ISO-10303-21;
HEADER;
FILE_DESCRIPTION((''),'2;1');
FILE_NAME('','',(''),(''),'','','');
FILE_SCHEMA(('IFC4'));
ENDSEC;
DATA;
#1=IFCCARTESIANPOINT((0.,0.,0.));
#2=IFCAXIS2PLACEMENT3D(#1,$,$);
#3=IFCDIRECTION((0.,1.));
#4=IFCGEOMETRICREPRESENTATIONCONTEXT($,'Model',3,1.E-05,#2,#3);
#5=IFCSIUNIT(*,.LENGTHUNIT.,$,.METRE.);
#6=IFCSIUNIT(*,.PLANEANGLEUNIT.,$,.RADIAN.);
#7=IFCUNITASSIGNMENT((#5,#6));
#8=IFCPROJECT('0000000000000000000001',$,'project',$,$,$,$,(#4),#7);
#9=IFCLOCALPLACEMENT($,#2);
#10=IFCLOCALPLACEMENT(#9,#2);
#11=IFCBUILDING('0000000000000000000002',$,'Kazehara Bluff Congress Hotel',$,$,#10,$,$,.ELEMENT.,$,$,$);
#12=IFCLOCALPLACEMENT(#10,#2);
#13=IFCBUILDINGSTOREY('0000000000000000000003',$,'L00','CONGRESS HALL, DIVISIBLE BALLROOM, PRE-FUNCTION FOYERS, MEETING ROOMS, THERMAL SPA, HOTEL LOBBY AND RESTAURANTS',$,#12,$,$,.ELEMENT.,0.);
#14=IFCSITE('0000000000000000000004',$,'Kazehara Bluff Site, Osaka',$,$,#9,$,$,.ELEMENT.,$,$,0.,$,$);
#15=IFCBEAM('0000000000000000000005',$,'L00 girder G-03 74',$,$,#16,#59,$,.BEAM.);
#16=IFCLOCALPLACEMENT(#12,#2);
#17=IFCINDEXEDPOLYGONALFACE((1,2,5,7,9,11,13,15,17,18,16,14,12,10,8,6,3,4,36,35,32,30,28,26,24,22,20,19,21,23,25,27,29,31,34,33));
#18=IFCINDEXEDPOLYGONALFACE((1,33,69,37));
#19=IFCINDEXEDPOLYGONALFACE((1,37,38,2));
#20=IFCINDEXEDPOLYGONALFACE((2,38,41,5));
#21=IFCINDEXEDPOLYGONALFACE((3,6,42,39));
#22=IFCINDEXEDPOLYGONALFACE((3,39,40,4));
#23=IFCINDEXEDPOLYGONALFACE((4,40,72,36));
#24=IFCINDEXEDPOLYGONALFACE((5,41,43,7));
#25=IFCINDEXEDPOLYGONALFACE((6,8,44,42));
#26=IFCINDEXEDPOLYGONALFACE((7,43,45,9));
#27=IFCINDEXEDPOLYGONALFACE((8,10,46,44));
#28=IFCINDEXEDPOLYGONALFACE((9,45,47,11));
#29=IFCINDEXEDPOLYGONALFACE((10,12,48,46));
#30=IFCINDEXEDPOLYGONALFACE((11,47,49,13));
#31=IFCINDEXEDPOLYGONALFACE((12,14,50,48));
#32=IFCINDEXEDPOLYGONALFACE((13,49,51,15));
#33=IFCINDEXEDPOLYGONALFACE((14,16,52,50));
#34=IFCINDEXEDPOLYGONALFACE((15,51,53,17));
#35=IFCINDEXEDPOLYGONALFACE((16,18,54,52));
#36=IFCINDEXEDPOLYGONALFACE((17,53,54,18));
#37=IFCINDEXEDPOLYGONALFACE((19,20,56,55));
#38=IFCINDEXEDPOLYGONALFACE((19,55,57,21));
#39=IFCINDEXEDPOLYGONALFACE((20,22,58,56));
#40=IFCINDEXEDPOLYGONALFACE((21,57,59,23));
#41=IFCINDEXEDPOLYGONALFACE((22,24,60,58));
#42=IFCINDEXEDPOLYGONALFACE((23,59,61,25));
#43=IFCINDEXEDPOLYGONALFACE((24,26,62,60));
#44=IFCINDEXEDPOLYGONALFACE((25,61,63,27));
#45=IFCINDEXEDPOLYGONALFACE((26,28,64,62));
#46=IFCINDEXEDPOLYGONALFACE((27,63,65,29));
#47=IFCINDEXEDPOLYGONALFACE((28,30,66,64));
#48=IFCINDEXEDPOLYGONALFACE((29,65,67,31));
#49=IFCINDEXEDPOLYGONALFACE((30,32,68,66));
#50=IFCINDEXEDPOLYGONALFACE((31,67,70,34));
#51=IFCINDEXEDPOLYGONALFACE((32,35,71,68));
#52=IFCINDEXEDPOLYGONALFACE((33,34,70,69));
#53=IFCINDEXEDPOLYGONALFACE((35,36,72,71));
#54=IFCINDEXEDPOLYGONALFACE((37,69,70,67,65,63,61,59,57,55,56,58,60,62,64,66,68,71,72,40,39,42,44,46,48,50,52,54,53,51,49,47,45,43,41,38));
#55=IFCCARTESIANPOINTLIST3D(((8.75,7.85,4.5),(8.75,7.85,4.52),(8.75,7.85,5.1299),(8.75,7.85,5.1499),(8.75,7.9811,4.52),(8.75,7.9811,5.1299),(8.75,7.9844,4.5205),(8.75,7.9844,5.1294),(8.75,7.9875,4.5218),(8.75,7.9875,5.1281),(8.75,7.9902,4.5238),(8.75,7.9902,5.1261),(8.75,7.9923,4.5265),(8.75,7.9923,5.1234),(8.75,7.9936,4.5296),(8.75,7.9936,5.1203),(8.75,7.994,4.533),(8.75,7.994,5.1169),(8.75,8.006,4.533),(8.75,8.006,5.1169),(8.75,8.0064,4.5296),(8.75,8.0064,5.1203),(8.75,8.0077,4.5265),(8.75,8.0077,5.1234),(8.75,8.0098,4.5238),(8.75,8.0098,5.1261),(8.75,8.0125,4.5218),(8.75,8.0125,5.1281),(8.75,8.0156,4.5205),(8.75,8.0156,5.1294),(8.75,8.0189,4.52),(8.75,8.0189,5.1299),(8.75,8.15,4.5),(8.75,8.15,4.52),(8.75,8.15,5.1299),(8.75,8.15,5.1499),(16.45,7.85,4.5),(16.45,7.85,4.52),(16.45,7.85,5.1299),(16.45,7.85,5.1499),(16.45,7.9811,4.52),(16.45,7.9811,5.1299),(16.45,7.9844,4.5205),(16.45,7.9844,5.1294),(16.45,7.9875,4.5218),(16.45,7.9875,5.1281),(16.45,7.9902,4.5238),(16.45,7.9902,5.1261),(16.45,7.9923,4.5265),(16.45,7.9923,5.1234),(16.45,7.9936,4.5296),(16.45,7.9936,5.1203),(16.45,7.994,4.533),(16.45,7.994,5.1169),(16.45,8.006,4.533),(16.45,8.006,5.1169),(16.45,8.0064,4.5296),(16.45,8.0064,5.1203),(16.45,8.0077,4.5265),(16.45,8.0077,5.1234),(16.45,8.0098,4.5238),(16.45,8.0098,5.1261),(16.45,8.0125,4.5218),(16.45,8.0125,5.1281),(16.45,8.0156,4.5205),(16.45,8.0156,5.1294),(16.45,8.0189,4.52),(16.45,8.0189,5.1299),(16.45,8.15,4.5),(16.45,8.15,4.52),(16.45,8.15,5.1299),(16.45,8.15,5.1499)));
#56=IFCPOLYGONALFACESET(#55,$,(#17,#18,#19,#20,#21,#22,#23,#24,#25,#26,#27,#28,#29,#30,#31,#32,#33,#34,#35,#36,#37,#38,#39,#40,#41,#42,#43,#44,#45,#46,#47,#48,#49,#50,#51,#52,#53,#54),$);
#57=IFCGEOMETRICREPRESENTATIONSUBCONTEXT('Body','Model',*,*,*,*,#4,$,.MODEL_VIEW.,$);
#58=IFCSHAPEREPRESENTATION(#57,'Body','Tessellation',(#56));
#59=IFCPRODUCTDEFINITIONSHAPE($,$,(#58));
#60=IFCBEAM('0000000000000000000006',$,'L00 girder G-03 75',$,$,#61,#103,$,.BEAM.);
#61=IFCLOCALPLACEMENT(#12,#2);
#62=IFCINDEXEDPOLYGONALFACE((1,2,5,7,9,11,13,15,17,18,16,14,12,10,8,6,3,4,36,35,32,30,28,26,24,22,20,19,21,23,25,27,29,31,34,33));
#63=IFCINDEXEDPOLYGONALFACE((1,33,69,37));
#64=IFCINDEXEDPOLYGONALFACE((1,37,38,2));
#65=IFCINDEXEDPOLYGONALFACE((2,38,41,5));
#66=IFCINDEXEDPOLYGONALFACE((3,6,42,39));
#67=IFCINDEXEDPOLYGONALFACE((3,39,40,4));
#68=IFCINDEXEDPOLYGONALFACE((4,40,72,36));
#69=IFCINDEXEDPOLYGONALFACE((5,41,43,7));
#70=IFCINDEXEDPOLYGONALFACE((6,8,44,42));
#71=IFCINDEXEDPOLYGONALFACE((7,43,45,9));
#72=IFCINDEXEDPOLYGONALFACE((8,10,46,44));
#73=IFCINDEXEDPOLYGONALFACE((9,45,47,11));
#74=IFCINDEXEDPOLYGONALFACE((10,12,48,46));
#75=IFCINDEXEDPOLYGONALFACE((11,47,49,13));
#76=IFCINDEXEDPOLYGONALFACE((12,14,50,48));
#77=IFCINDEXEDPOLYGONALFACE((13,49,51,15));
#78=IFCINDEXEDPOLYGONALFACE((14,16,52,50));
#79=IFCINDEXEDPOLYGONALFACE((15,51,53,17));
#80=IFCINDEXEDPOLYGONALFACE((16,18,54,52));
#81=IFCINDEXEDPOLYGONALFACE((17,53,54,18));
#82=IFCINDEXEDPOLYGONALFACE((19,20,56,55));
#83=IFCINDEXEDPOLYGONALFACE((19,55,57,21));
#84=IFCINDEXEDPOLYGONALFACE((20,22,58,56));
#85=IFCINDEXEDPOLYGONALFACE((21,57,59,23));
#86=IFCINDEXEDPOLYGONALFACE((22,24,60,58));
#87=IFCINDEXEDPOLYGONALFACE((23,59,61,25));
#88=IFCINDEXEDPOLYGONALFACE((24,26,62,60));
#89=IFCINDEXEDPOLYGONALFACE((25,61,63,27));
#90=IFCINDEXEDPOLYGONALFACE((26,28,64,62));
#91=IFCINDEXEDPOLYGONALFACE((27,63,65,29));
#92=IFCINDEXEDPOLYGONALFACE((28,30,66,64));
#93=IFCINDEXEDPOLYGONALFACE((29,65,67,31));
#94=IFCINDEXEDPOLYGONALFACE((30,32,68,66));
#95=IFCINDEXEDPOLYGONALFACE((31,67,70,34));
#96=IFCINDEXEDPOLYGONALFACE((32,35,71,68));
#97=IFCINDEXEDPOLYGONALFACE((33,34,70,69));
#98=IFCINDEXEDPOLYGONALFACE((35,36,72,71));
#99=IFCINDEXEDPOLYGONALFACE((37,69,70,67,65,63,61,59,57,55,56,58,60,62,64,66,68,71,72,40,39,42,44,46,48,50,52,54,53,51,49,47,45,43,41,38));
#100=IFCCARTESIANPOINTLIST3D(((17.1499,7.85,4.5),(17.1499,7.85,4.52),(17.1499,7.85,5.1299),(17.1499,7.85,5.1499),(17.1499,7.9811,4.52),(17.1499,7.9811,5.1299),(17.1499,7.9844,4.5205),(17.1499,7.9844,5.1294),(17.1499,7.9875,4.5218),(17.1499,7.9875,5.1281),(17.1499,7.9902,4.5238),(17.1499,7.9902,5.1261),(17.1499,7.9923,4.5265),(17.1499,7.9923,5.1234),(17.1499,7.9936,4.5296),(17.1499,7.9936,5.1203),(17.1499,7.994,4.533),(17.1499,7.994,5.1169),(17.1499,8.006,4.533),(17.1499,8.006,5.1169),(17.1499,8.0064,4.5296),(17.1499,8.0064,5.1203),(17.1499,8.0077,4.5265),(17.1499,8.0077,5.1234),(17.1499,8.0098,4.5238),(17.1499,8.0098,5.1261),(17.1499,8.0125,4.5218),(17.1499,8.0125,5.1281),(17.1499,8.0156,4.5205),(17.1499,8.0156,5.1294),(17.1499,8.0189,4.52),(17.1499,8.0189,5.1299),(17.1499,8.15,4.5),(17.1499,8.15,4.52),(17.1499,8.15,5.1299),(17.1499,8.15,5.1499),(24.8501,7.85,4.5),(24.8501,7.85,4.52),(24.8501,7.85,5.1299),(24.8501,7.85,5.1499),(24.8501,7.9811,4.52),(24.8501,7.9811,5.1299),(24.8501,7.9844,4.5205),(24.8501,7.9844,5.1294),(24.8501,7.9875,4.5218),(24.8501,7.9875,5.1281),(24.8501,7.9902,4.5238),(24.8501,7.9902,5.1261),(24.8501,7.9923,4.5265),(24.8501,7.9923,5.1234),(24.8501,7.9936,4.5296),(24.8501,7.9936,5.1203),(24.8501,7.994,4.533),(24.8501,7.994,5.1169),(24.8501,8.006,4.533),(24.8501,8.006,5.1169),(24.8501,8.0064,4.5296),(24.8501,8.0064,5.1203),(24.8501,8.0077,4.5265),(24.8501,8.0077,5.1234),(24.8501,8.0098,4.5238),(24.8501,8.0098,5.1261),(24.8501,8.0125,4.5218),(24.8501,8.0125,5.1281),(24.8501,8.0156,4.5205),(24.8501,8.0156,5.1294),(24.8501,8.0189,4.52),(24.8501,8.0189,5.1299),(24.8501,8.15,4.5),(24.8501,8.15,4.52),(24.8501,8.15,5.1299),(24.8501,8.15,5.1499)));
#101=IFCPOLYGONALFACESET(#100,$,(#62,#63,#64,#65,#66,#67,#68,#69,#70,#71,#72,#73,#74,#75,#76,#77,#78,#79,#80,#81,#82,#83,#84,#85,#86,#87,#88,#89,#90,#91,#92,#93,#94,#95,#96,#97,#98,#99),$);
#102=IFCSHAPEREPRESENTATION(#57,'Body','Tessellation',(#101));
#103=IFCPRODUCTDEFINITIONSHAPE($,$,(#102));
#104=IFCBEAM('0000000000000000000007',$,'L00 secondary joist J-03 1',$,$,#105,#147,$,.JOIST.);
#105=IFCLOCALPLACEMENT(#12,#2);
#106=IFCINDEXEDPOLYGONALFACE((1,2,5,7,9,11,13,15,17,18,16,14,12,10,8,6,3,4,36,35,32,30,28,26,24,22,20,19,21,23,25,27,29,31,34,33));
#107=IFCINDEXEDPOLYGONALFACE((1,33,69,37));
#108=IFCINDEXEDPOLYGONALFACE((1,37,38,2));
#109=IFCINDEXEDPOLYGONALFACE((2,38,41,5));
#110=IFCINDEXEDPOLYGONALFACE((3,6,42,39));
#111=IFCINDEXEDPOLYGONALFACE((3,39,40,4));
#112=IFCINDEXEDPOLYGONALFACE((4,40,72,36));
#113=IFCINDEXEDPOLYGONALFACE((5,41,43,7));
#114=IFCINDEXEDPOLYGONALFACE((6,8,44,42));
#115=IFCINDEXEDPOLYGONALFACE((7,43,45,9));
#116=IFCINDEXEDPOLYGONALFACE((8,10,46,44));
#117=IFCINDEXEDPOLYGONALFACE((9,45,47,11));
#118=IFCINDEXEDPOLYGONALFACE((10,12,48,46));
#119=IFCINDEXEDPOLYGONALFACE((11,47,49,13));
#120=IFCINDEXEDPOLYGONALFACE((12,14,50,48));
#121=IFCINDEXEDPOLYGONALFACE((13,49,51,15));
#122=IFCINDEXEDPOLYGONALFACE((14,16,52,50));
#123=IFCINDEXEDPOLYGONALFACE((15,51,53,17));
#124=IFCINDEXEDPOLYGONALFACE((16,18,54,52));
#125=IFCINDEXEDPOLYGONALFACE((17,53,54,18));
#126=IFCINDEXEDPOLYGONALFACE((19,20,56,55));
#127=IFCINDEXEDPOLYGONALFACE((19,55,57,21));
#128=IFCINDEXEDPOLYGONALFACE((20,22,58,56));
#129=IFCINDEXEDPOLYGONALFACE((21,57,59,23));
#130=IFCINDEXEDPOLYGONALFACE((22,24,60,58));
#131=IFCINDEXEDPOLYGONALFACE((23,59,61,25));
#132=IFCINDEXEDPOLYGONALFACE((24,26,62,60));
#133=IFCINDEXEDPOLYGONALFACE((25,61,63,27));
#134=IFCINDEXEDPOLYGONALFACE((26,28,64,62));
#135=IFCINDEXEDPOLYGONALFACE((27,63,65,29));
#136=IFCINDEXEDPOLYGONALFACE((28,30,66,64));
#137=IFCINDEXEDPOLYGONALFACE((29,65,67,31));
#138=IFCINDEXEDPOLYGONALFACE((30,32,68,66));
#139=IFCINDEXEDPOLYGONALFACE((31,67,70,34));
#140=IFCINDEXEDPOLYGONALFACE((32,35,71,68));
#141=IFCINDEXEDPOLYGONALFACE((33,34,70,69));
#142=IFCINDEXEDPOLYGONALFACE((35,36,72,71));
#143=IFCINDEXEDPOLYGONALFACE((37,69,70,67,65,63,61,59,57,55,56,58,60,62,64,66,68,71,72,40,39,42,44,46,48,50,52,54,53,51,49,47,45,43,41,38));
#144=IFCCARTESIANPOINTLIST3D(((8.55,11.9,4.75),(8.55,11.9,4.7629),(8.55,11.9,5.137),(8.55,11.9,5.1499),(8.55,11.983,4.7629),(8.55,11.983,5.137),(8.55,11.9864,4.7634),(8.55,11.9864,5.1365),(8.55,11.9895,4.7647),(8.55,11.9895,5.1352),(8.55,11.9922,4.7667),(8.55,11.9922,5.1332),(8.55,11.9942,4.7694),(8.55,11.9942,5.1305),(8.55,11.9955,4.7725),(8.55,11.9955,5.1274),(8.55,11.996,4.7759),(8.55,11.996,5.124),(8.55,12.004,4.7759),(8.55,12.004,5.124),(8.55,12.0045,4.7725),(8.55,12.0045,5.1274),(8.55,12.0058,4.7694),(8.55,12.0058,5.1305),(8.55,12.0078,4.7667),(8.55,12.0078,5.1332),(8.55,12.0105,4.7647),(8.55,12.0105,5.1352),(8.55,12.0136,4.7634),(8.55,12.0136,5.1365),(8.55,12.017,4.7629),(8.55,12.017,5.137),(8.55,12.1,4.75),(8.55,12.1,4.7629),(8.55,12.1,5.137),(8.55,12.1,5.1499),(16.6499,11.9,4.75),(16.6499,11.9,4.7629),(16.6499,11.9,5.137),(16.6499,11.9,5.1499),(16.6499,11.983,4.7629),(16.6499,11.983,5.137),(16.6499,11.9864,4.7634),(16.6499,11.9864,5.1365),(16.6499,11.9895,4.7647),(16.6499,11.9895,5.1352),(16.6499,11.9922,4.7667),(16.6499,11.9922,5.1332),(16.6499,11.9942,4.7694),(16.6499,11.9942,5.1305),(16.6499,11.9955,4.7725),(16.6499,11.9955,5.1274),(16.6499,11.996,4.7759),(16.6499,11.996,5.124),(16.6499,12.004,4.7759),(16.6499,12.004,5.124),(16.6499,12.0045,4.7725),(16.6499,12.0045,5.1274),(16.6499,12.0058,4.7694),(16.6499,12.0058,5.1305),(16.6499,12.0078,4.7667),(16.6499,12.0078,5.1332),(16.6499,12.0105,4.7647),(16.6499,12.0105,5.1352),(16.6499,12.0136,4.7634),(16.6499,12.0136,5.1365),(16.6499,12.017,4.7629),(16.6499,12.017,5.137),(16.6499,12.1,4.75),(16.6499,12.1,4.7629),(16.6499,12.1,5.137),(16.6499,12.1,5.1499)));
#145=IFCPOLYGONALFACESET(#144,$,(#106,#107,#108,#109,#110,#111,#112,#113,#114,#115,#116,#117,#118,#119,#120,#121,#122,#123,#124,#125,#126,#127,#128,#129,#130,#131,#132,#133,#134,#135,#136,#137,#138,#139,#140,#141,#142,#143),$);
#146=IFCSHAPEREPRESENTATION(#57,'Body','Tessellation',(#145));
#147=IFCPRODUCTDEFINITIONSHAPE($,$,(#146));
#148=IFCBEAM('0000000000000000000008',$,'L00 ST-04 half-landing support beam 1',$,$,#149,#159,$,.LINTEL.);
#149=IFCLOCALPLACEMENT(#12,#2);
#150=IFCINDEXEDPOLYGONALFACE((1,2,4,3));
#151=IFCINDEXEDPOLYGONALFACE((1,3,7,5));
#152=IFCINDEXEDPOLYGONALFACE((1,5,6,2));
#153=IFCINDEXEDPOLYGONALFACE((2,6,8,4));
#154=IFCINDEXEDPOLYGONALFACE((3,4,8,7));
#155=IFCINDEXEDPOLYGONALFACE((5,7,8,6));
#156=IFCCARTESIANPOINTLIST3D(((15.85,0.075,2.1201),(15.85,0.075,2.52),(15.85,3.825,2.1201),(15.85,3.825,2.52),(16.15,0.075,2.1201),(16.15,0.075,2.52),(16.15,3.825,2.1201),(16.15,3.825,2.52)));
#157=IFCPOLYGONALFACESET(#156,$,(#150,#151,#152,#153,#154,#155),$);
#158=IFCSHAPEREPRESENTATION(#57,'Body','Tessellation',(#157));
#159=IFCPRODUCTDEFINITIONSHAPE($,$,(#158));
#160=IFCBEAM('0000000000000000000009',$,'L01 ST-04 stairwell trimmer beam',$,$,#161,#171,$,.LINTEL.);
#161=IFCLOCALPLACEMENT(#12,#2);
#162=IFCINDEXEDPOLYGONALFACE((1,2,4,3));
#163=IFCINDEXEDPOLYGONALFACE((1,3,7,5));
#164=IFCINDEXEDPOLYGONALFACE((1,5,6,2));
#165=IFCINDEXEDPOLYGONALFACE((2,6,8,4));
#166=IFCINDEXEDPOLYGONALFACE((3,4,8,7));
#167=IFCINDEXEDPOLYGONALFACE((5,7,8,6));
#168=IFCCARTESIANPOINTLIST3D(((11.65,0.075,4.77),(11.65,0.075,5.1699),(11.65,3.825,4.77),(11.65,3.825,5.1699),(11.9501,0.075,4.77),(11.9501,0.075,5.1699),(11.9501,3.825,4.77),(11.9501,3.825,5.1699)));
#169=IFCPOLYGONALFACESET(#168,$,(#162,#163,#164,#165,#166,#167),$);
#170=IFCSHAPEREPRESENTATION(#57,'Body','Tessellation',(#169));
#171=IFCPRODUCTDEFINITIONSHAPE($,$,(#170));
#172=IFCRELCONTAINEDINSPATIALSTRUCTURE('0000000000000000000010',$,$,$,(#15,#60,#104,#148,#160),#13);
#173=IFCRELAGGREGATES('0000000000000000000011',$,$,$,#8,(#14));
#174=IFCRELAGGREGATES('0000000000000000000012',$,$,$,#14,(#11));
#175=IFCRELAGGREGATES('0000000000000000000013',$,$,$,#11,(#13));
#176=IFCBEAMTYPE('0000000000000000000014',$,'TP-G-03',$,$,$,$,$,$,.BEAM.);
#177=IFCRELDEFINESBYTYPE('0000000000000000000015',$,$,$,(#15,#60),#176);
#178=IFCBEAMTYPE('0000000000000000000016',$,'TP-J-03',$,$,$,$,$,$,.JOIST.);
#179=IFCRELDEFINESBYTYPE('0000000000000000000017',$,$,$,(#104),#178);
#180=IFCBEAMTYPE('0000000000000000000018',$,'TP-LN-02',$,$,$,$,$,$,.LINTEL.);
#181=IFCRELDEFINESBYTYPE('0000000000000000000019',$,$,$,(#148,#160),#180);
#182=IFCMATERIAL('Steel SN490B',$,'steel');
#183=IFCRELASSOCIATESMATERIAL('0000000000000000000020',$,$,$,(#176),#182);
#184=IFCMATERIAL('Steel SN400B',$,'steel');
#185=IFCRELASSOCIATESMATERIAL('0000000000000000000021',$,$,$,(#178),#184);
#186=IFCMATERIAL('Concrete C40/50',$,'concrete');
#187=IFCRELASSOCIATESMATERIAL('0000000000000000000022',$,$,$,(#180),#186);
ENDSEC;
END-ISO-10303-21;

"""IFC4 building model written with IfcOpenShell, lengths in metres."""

from ifc_helpers import new_model, si_unit, direction, frame, origin, origin_2d, place, context, subcontext, project, spatial, rectangle, i_section, extrude, material, material_profile, profile_set, type_object, element, save


model = new_model("IFC4")

# Units and contexts
model_context = context("Model", 3, precision=1e-05, world=origin(), true_north=direction((0.0, 1.0)))
body_context = subcontext(model_context, "Body", "Model", "MODEL_VIEW")
ifc_project = project(units=[si_unit("LENGTHUNIT", "METRE"), si_unit("PLANEANGLEUNIT", "RADIAN")], contexts=[model_context])

# Site, building, storey
site_placement = place(None, origin())
site = spatial("IfcSite", under=ifc_project, at=site_placement, Name="Kazehara Bluff Site, Osaka", CompositionType="ELEMENT", RefElevation=0.0)
building_placement = place(site_placement, origin())
building = spatial("IfcBuilding", under=site, at=building_placement, Name="Kazehara Bluff Congress Hotel", CompositionType="ELEMENT")
storey_placement = place(building_placement, origin())
storey = spatial("IfcBuildingStorey", under=building, at=storey_placement, Name="L00", Description="CONGRESS HALL, DIVISIBLE BALLROOM, PRE-FUNCTION FOYERS, MEETING ROOMS, THERMAL SPA, HOTEL LOBBY AND RESTAURANTS", CompositionType="ELEMENT", Elevation=0.0)

# Beams
ifc_material_1 = material(Name="Steel SN490B", Category="steel")
ifc_material_profile_1 = material_profile(ifc_material_1, i_section(OverallWidth=0.3, OverallDepth=0.6499, WebThickness=0.012, FlangeThickness=0.02, FilletRadius=0.0129, at=origin_2d()))
ifc_profile_set_1 = profile_set([ifc_material_profile_1], Name="Steel SN490B")
beam_type_1 = type_object("IfcBeamType", Name="TP-G-03", PredefinedType="BEAM", material=ifc_profile_set_1)
beam_1_placement = place(storey_placement, frame((8.75, 8.0, 4.825), z_axis=(1.0, 0.0, 0.0), x_axis=(0.0, 1.0, 0.0)))
element("IfcBeam", 1, at=beam_1_placement, inside=storey, type_object=beam_type_1, Name="L00 girder G-03 74", PredefinedType="BEAM", context=body_context, shape_type="SweptSolid", body=[
    extrude(i_section(OverallWidth=0.3, OverallDepth=0.6499, WebThickness=0.012, FlangeThickness=0.02, FilletRadius=0.0129, at=origin_2d()), origin(), (0.0, 0.0, 1.0), 7.7),
])
beam_2_placement = place(storey_placement, frame((17.1499, 8.0, 4.825), z_axis=(1.0, 0.0, 0.0), x_axis=(0.0, 1.0, 0.0)))
element("IfcBeam", 2, at=beam_2_placement, inside=storey, type_object=beam_type_1, Name="L00 girder G-03 75", PredefinedType="BEAM", context=body_context, shape_type="SweptSolid", body=[
    extrude(i_section(OverallWidth=0.3, OverallDepth=0.6499, WebThickness=0.012, FlangeThickness=0.02, FilletRadius=0.0129, at=origin_2d()), origin(), (0.0, 0.0, 1.0), 7.7002),
])
ifc_material_2 = material(Name="Steel SN400B", Category="steel")
ifc_material_profile_2 = material_profile(ifc_material_2, i_section(OverallWidth=0.2, OverallDepth=0.3999, WebThickness=0.0081, FlangeThickness=0.0129, FilletRadius=0.0129, at=origin_2d()))
ifc_profile_set_2 = profile_set([ifc_material_profile_2], Name="Steel SN400B")
beam_type_2 = type_object("IfcBeamType", Name="TP-J-03", PredefinedType="JOIST", material=ifc_profile_set_2)
beam_3_placement = place(storey_placement, frame((8.55, 12.0, 4.95), z_axis=(1.0, 0.0, 0.0), x_axis=(0.0, 1.0, 0.0)))
element("IfcBeam", 3, at=beam_3_placement, inside=storey, type_object=beam_type_2, Name="L00 secondary joist J-03 1", PredefinedType="JOIST", context=body_context, shape_type="SweptSolid", body=[
    extrude(i_section(OverallWidth=0.2, OverallDepth=0.3999, WebThickness=0.0081, FlangeThickness=0.0129, FilletRadius=0.0129, at=origin_2d()), origin(), (0.0, 0.0, 1.0), 8.0999),
])
ifc_material_3 = material(Name="Concrete C40/50", Category="concrete")
ifc_material_profile_3 = material_profile(ifc_material_3, rectangle(XDim=0.3, YDim=0.3999, at=origin_2d()))
ifc_profile_set_3 = profile_set([ifc_material_profile_3], Name="Concrete C40/50")
beam_type_3 = type_object("IfcBeamType", Name="TP-LN-02", PredefinedType="LINTEL", material=ifc_profile_set_3)
for number, where, z_axis, x_axis, name in (
    (4, (16.0, 0.075, 2.3201), (0.0, 1.0, 0.0), (-1.0, 0.0, 0.0), "L00 ST-04 half-landing support beam 1"),
    (5, (11.8, 0.075, 4.97), (0.0, 1.0, 0.0), (-1.0, 0.0, 0.0), "L01 ST-04 stairwell trimmer beam"),
):
    element("IfcBeam", number, at=place(storey_placement, frame(where, z_axis=z_axis, x_axis=x_axis)), inside=storey, type_object=beam_type_3, Name=name, PredefinedType="LINTEL", context=body_context, shape_type="SweptSolid", body=[
        extrude(rectangle(XDim=0.3, YDim=0.3999, at=origin_2d()), origin(), (0.0, 0.0, 1.0), 3.75),
    ])

save(model, "model.ifc")
